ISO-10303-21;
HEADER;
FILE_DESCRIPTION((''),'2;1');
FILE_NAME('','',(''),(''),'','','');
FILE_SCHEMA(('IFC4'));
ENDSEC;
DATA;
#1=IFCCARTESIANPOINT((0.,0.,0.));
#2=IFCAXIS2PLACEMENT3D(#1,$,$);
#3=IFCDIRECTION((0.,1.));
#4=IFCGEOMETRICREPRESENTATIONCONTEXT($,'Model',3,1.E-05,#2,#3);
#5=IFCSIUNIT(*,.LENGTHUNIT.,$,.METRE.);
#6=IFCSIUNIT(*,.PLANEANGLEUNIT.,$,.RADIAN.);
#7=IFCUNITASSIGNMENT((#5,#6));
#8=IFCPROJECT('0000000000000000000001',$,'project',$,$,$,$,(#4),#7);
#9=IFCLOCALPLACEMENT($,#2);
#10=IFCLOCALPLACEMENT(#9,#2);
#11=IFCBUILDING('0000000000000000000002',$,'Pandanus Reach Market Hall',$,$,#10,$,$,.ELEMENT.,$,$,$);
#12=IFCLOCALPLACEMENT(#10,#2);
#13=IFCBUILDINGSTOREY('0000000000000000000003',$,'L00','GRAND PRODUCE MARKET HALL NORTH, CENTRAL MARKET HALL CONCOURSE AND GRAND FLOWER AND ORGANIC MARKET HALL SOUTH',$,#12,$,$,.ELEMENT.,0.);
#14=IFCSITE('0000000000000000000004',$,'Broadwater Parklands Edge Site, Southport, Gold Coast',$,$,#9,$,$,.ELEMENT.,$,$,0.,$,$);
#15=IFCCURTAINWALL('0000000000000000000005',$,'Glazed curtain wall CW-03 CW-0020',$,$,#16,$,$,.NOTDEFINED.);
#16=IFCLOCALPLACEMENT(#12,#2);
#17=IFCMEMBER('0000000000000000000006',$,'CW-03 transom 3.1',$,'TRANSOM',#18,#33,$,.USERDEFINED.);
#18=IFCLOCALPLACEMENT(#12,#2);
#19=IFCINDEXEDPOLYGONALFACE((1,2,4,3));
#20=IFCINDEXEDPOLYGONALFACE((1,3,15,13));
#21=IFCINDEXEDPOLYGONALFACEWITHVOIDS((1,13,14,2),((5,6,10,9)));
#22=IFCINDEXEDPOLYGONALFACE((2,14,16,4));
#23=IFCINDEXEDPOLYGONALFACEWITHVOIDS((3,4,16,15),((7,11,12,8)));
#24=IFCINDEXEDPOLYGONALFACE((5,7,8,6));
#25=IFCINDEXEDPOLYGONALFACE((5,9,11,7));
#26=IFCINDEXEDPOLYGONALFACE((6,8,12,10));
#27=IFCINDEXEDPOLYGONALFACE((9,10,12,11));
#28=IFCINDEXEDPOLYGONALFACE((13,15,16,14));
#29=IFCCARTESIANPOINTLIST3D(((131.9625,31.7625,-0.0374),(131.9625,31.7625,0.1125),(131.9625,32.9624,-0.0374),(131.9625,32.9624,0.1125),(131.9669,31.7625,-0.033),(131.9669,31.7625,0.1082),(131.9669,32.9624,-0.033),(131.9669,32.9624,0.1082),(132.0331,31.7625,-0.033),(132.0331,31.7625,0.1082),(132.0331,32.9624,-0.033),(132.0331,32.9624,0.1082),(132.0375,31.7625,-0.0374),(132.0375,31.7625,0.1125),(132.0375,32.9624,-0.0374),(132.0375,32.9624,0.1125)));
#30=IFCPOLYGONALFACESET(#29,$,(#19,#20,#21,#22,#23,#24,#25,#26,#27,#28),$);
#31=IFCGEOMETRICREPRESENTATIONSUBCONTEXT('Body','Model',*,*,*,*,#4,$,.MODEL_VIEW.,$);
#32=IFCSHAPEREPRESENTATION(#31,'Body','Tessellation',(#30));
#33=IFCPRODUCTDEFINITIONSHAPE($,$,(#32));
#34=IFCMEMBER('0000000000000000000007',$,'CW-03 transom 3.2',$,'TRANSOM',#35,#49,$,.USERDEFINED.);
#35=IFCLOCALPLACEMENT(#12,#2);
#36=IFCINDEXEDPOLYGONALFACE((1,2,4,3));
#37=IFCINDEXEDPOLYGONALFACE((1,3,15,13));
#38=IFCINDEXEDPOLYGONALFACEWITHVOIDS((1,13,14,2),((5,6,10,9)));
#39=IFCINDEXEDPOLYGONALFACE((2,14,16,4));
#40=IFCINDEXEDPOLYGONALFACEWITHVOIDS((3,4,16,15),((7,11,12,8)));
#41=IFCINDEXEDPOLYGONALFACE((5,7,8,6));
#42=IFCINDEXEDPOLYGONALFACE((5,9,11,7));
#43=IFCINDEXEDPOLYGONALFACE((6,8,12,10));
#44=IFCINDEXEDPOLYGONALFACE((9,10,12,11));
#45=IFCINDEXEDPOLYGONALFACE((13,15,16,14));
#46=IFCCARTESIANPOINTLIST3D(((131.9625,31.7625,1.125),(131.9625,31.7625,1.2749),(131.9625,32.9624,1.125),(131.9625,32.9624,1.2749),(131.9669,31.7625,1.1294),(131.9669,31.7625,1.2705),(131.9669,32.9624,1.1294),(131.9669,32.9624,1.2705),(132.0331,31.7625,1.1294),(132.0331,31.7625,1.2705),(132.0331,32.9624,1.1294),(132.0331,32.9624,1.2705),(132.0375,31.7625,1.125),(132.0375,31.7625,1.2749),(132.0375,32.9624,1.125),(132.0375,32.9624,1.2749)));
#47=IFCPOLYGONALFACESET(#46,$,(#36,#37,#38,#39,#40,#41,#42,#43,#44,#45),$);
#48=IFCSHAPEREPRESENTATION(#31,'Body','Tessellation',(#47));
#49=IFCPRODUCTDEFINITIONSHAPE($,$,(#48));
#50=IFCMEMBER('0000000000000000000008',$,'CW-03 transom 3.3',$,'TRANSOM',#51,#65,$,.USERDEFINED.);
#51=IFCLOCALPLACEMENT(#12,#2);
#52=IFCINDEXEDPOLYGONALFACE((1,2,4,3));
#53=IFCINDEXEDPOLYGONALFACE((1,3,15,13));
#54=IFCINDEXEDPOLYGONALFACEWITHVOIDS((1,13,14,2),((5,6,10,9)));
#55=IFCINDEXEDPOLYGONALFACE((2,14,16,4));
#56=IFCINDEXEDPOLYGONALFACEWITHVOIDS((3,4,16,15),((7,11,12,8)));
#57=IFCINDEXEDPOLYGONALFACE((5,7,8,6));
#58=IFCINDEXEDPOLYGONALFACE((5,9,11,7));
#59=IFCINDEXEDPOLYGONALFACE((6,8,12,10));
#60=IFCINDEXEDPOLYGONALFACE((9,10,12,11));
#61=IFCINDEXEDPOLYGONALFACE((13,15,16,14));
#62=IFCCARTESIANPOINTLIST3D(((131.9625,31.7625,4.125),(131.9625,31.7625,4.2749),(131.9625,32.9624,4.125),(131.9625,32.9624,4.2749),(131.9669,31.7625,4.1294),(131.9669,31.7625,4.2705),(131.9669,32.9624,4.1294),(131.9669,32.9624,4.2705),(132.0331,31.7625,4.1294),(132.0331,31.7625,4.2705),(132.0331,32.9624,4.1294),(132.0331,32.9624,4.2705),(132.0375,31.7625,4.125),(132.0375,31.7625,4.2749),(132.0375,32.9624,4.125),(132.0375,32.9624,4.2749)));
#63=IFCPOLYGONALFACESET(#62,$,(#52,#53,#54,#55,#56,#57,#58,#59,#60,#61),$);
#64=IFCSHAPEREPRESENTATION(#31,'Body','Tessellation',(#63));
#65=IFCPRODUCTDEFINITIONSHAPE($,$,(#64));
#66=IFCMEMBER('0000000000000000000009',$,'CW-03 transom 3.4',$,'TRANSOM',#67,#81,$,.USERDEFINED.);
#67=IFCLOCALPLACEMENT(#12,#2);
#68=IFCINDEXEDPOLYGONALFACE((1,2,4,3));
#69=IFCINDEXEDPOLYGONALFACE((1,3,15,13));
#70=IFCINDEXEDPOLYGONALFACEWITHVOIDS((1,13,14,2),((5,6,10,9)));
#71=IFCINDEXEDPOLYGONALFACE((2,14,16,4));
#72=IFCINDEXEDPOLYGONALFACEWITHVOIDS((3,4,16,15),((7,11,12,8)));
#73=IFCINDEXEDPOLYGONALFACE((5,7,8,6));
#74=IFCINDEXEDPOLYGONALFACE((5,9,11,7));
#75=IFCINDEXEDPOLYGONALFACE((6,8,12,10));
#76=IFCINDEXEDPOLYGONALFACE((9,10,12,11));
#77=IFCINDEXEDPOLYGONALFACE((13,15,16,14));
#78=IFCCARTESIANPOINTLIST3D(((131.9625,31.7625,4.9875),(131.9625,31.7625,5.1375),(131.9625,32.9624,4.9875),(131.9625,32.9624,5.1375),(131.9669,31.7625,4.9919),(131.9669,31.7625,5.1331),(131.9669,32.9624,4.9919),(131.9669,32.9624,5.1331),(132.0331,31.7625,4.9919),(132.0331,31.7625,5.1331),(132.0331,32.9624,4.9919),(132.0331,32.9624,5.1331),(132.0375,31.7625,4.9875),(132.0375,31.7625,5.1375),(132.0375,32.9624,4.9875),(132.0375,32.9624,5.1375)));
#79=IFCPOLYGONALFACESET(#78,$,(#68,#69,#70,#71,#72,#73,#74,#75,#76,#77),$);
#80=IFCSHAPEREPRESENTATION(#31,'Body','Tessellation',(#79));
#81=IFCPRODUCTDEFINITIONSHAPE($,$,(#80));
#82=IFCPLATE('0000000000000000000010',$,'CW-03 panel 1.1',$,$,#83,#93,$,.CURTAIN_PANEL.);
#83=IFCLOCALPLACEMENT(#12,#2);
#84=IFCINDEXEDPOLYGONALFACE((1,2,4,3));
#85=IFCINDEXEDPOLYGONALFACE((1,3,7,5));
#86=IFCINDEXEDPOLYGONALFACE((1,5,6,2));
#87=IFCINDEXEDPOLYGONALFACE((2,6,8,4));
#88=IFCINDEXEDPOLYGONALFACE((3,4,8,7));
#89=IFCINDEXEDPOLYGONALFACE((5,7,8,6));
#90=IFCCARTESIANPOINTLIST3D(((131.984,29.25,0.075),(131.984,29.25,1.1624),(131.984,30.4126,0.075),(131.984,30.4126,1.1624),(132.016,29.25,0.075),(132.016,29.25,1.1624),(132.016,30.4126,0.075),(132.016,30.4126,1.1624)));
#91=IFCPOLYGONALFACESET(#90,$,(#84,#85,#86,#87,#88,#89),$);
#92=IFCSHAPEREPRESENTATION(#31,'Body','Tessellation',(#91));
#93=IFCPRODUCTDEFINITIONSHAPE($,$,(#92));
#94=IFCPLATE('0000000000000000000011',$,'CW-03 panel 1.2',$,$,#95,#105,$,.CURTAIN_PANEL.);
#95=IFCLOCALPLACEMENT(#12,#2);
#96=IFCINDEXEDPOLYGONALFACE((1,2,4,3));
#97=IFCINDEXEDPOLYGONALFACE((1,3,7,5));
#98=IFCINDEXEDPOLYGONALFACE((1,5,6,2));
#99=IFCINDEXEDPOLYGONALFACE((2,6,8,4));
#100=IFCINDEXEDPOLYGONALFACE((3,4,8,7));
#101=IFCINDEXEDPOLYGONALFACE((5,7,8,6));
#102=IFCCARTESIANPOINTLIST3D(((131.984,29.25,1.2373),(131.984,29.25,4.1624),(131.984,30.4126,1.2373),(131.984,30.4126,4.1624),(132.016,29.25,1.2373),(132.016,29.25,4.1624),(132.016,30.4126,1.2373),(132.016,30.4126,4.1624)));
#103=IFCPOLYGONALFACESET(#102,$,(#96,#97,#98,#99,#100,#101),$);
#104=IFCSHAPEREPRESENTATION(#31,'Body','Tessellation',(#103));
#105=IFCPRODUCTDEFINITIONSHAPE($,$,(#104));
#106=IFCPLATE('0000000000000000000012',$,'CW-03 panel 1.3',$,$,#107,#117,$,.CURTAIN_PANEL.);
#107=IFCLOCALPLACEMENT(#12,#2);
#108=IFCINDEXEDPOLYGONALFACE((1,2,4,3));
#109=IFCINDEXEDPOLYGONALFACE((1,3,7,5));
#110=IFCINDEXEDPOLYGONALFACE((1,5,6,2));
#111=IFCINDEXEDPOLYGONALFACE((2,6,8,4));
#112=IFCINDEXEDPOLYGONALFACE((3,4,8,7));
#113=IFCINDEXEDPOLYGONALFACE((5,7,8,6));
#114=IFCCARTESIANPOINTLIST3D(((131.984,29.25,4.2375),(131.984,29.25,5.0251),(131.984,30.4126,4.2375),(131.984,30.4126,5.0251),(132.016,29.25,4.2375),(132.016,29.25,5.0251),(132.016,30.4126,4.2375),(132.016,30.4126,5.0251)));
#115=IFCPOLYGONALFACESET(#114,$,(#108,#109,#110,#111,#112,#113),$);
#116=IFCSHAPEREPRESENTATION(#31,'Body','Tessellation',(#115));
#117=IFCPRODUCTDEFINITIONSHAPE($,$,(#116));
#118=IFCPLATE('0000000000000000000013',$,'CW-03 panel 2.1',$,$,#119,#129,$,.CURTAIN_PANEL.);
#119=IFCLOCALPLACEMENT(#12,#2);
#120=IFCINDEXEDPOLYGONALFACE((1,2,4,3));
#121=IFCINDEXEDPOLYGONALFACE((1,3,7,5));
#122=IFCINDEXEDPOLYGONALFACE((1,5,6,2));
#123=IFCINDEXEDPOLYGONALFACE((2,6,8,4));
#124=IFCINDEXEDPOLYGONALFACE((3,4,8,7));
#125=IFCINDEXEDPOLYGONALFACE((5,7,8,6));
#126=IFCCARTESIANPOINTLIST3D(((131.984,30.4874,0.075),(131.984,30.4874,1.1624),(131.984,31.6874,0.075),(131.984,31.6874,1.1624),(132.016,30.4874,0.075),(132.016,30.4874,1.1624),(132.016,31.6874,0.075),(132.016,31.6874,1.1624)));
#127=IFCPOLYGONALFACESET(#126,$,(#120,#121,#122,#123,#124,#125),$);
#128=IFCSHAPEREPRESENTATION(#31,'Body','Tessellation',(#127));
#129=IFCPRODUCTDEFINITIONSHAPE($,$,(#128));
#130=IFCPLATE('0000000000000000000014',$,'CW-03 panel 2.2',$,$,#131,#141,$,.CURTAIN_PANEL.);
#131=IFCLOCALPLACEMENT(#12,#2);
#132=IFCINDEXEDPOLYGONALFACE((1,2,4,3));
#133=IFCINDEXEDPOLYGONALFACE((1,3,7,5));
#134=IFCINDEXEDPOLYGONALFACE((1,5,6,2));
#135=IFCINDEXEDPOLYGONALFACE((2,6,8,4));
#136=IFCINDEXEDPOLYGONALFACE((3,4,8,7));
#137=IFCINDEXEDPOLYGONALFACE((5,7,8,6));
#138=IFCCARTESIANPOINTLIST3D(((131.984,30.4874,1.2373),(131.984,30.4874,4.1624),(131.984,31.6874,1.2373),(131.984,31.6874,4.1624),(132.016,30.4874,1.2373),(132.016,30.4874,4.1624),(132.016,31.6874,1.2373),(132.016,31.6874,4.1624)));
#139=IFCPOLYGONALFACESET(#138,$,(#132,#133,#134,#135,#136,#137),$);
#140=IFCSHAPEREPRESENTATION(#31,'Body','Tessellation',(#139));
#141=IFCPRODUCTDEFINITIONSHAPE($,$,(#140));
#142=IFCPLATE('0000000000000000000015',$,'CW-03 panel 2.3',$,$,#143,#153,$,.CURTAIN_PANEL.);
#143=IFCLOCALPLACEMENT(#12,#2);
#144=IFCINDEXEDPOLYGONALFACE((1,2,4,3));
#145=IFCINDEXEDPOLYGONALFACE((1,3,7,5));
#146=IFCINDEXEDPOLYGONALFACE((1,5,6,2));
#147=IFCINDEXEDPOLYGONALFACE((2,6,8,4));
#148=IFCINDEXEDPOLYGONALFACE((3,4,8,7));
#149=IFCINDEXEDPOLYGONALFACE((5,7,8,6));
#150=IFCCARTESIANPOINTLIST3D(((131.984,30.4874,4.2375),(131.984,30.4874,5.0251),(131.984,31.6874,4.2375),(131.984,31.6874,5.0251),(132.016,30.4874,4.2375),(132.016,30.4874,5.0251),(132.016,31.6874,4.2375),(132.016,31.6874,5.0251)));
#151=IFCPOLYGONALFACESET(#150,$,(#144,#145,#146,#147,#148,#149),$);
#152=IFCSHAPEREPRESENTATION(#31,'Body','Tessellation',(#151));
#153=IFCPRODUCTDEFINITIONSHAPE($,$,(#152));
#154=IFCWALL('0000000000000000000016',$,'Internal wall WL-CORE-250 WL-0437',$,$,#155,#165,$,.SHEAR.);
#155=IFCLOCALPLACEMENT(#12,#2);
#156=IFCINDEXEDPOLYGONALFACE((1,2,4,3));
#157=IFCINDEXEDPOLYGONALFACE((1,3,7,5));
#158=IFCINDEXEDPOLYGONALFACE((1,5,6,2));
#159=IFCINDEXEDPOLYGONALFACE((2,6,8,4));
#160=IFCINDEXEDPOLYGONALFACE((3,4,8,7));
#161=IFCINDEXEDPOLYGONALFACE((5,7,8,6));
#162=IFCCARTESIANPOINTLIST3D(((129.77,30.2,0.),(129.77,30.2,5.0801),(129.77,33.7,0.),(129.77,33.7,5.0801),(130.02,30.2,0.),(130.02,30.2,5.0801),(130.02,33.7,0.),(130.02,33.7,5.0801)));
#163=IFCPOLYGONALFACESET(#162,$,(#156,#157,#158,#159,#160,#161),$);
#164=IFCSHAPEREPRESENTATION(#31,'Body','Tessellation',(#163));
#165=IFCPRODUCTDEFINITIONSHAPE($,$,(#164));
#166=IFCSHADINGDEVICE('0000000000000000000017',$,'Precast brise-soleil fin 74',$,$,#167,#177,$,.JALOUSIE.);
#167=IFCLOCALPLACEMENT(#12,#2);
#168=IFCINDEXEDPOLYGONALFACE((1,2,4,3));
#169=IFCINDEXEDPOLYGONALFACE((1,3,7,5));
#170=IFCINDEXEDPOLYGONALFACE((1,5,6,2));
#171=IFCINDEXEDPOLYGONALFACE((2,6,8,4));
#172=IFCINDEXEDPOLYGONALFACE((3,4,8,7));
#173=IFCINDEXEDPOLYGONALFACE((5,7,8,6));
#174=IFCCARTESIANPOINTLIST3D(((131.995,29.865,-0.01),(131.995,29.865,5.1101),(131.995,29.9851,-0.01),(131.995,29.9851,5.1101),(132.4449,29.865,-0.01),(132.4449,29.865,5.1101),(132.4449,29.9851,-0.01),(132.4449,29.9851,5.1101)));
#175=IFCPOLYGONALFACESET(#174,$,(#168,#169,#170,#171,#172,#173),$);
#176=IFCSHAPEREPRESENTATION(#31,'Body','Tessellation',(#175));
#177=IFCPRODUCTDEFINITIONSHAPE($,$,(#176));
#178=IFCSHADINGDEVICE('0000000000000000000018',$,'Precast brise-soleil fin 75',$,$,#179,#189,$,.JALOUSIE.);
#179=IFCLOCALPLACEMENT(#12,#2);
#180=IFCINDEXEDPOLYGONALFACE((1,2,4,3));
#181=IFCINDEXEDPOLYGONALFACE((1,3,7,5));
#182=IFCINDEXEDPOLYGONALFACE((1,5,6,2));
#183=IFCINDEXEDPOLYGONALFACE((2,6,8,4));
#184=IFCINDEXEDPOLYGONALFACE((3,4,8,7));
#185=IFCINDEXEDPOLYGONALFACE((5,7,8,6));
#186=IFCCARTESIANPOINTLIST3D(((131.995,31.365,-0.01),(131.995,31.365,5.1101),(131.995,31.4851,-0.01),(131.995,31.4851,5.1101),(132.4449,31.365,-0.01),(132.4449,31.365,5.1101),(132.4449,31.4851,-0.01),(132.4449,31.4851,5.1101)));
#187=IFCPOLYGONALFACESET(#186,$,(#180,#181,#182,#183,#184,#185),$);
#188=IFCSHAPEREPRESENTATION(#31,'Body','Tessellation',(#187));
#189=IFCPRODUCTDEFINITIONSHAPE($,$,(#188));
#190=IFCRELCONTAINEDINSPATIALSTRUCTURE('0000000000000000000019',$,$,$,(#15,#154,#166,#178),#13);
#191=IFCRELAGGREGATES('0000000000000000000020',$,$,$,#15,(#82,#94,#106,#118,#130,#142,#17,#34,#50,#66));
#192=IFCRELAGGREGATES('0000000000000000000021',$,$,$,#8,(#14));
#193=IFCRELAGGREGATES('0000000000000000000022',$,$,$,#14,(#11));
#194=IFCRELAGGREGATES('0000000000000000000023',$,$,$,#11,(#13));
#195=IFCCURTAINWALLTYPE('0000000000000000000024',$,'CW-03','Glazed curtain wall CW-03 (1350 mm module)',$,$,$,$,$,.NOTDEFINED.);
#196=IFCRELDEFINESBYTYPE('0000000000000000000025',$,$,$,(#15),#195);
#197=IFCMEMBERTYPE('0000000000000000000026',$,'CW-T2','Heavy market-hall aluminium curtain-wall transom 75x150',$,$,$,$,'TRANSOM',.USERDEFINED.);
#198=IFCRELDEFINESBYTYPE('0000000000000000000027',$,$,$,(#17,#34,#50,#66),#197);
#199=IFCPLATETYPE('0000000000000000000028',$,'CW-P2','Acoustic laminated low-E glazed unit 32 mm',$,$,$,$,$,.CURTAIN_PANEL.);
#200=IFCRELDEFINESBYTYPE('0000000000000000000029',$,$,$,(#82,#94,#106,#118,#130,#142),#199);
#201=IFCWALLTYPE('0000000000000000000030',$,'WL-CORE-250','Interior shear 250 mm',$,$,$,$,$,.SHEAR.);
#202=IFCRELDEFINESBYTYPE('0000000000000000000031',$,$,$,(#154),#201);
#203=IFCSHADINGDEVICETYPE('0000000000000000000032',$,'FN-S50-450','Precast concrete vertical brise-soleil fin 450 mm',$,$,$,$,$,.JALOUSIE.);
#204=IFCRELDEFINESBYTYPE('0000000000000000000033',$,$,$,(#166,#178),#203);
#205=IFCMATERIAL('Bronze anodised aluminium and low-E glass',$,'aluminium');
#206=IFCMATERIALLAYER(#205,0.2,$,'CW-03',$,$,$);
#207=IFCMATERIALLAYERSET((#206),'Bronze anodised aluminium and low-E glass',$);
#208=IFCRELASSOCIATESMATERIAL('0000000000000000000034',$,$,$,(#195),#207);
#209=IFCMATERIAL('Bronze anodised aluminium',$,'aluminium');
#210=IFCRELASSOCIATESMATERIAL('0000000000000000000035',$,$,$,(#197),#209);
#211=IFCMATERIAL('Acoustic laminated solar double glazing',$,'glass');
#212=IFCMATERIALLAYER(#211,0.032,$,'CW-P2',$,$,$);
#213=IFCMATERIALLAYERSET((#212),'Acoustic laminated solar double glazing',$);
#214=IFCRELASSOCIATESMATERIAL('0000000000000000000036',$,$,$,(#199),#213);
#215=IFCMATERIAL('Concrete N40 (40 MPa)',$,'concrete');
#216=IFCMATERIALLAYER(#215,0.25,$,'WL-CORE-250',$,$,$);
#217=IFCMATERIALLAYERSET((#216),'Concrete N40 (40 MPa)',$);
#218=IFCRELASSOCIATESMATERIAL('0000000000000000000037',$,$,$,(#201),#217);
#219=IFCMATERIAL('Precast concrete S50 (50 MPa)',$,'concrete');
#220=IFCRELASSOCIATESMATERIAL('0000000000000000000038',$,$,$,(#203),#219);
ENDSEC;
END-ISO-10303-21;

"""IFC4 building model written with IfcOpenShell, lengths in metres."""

from ifc_helpers import new_model, si_unit, direction, frame, frame_2d, origin, origin_2d, place, context, subcontext, project, spatial, rectangle, hollow_rectangle, extrude, material, layer, layer_set, material_profile, profile_set, type_object, element, aggregate, save


model = new_model("IFC4")

# Units and contexts
model_context = context("Model", 3, precision=1e-05, world=origin(), true_north=direction((0.0, 1.0)))
body_context = subcontext(model_context, "Body", "Model", "MODEL_VIEW")
ifc_project = project(units=[si_unit("LENGTHUNIT", "METRE"), si_unit("PLANEANGLEUNIT", "RADIAN")], contexts=[model_context])

# Site, building, storey
site_placement = place(None, origin())
site = spatial("IfcSite", under=ifc_project, at=site_placement, Name="Broadwater Parklands Edge Site, Southport, Gold Coast", CompositionType="ELEMENT", RefElevation=0.0)
building_placement = place(site_placement, origin())
building = spatial("IfcBuilding", under=site, at=building_placement, Name="Pandanus Reach Market Hall", CompositionType="ELEMENT")
storey_placement = place(building_placement, origin())
storey = spatial("IfcBuildingStorey", under=building, at=storey_placement, Name="L00", Description="GRAND PRODUCE MARKET HALL NORTH, CENTRAL MARKET HALL CONCOURSE AND GRAND FLOWER AND ORGANIC MARKET HALL SOUTH", CompositionType="ELEMENT", Elevation=0.0)

# Shared definitions
ifc_material_1 = material(Name="Concrete N40 (40 MPa)", Category="concrete")

# Curtain wall, members, plates
ifc_material_2 = material(Name="Bronze anodised aluminium and low-E glass", Category="aluminium")
ifc_layer_1 = layer(ifc_material_2, 0.2, Name="CW-03")
ifc_layer_set_1 = layer_set([ifc_layer_1], Name="Bronze anodised aluminium and low-E glass")
curtain_wall_type = type_object("IfcCurtainWallType", Name="CW-03", Description="Glazed curtain wall CW-03 (1350 mm module)", PredefinedType="NOTDEFINED", material=ifc_layer_set_1)
curtain_wall_placement = place(storey_placement, origin())
curtain_wall = element("IfcCurtainWall", 1, at=curtain_wall_placement, inside=storey, type_object=curtain_wall_type, Name="Glazed curtain wall CW-03 CW-0020", PredefinedType="NOTDEFINED")
ifc_material_3 = material(Name="Bronze anodised aluminium", Category="aluminium")
ifc_material_profile_1 = material_profile(ifc_material_3, hollow_rectangle(XDim=0.075, YDim=0.1499, WallThickness=0.0044, at=origin_2d()), Name="ALU75x150", Category="LoadBearing")
ifc_profile_set_1 = profile_set([ifc_material_profile_1], Name="Bronze anodised aluminium")
member_type_1 = type_object("IfcMemberType", Name="CW-T2", Description="Heavy market-hall aluminium curtain-wall transom 75x150", ElementType="TRANSOM", PredefinedType="USERDEFINED", material=ifc_profile_set_1)
member_1_placement = place(storey_placement, frame((132.0, 31.7625, 0.0376), z_axis=(0.0, 1.0, 0.0), x_axis=(-1.0, 0.0, 0.0)))
member_1 = element("IfcMember", 2, at=member_1_placement, type_object=member_type_1, Name="CW-03 transom 3.1", ObjectType="TRANSOM", PredefinedType="USERDEFINED", context=body_context, shape_type="SweptSolid", body=[
    extrude(hollow_rectangle(XDim=0.075, YDim=0.1499, WallThickness=0.0044, at=origin_2d()), origin(), (0.0, 0.0, 1.0), 1.2),
])
member_2_placement = place(storey_placement, frame((132.0, 31.7625, 1.2), z_axis=(0.0, 1.0, 0.0), x_axis=(-1.0, 0.0, 0.0)))
member_2 = element("IfcMember", 3, at=member_2_placement, type_object=member_type_1, Name="CW-03 transom 3.2", ObjectType="TRANSOM", PredefinedType="USERDEFINED", context=body_context, shape_type="SweptSolid", body=[
    extrude(hollow_rectangle(XDim=0.075, YDim=0.1499, WallThickness=0.0044, at=origin_2d()), origin(), (0.0, 0.0, 1.0), 1.2),
])
member_3_placement = place(storey_placement, frame((132.0, 31.7625, 4.2), z_axis=(0.0, 1.0, 0.0), x_axis=(-1.0, 0.0, 0.0)))
member_3 = element("IfcMember", 4, at=member_3_placement, type_object=member_type_1, Name="CW-03 transom 3.3", ObjectType="TRANSOM", PredefinedType="USERDEFINED", context=body_context, shape_type="SweptSolid", body=[
    extrude(hollow_rectangle(XDim=0.075, YDim=0.1499, WallThickness=0.0044, at=origin_2d()), origin(), (0.0, 0.0, 1.0), 1.2),
])
member_4_placement = place(storey_placement, frame((132.0, 31.7625, 5.0625), z_axis=(0.0, 1.0, 0.0), x_axis=(-1.0, 0.0, 0.0)))
member_4 = element("IfcMember", 5, at=member_4_placement, type_object=member_type_1, Name="CW-03 transom 3.4", ObjectType="TRANSOM", PredefinedType="USERDEFINED", context=body_context, shape_type="SweptSolid", body=[
    extrude(hollow_rectangle(XDim=0.075, YDim=0.1499, WallThickness=0.0044, at=origin_2d()), origin(), (0.0, 0.0, 1.0), 1.2),
])
ifc_material_4 = material(Name="Acoustic laminated solar double glazing", Category="glass")
ifc_layer_2 = layer(ifc_material_4, 0.032, Name="CW-P2")
ifc_layer_set_2 = layer_set([ifc_layer_2], Name="Acoustic laminated solar double glazing")
plate_type = type_object("IfcPlateType", Name="CW-P2", Description="Acoustic laminated low-E glazed unit 32 mm", PredefinedType="CURTAIN_PANEL", material=ifc_layer_set_2)
plate_1_placement = place(storey_placement, frame((132.0, 29.8313, 0.075), z_axis=(0.0, 0.0, 1.0), x_axis=(0.0, 1.0, 0.0)))
plate_1 = element("IfcPlate", 6, at=plate_1_placement, type_object=plate_type, Name="CW-03 panel 1.1", PredefinedType="CURTAIN_PANEL", context=body_context, shape_type="SweptSolid", body=[
    extrude(rectangle(XDim=1.1626, YDim=0.032, at=origin_2d()), origin(), (0.0, 0.0, 1.0), 1.0874),
])
plate_2_placement = place(storey_placement, frame((132.0, 29.8313, 1.2373), z_axis=(0.0, 0.0, 1.0), x_axis=(0.0, 1.0, 0.0)))
plate_2 = element("IfcPlate", 7, at=plate_2_placement, type_object=plate_type, Name="CW-03 panel 1.2", PredefinedType="CURTAIN_PANEL", context=body_context, shape_type="SweptSolid", body=[
    extrude(rectangle(XDim=1.1626, YDim=0.032, at=origin_2d()), origin(), (0.0, 0.0, 1.0), 2.925),
])
plate_3_placement = place(storey_placement, frame((132.0, 29.8313, 4.2375), z_axis=(0.0, 0.0, 1.0), x_axis=(0.0, 1.0, 0.0)))
plate_3 = element("IfcPlate", 8, at=plate_3_placement, type_object=plate_type, Name="CW-03 panel 1.3", PredefinedType="CURTAIN_PANEL", context=body_context, shape_type="SweptSolid", body=[
    extrude(rectangle(XDim=1.1626, YDim=0.032, at=origin_2d()), origin(), (0.0, 0.0, 1.0), 0.7876),
])
plate_4_placement = place(storey_placement, frame((132.0, 31.0874, 0.075), z_axis=(0.0, 0.0, 1.0), x_axis=(0.0, 1.0, 0.0)))
plate_4 = element("IfcPlate", 9, at=plate_4_placement, type_object=plate_type, Name="CW-03 panel 2.1", PredefinedType="CURTAIN_PANEL", context=body_context, shape_type="SweptSolid", body=[
    extrude(rectangle(XDim=1.2, YDim=0.032, at=origin_2d()), origin(), (0.0, 0.0, 1.0), 1.0874),
])
plate_5_placement = place(storey_placement, frame((132.0, 31.0874, 1.2373), z_axis=(0.0, 0.0, 1.0), x_axis=(0.0, 1.0, 0.0)))
plate_5 = element("IfcPlate", 10, at=plate_5_placement, type_object=plate_type, Name="CW-03 panel 2.2", PredefinedType="CURTAIN_PANEL", context=body_context, shape_type="SweptSolid", body=[
    extrude(rectangle(XDim=1.2, YDim=0.032, at=origin_2d()), origin(), (0.0, 0.0, 1.0), 2.925),
])
plate_6_placement = place(storey_placement, frame((132.0, 31.0874, 4.2375), z_axis=(0.0, 0.0, 1.0), x_axis=(0.0, 1.0, 0.0)))
plate_6 = element("IfcPlate", 11, at=plate_6_placement, type_object=plate_type, Name="CW-03 panel 2.3", PredefinedType="CURTAIN_PANEL", context=body_context, shape_type="SweptSolid", body=[
    extrude(rectangle(XDim=1.2, YDim=0.032, at=origin_2d()), origin(), (0.0, 0.0, 1.0), 0.7876),
])
aggregate(curtain_wall, [plate_1, plate_2, plate_3, plate_4, plate_5, plate_6, member_1, member_2, member_3, member_4])

# Wall
ifc_layer_3 = layer(ifc_material_1, 0.25, Name="WL-CORE-250")
ifc_layer_set_3 = layer_set([ifc_layer_3], Name="Concrete N40 (40 MPa)")
wall_type = type_object("IfcWallType", Name="WL-CORE-250", Description="Interior shear 250 mm", PredefinedType="SHEAR", material=ifc_layer_set_3)
wall_placement = place(storey_placement, frame((129.895, 30.2, 0.0), z_axis=(0.0, 0.0, 1.0), x_axis=(0.0, 1.0, 0.0)))
element("IfcWall", 12, at=wall_placement, inside=storey, type_object=wall_type, Name="Internal wall WL-CORE-250 WL-0437", PredefinedType="SHEAR", context=body_context, shape_type="SweptSolid", body=[
    extrude(rectangle(XDim=3.5, YDim=0.25, at=frame_2d((1.75, 0.0))), origin(), (0.0, 0.0, 1.0), 5.0801),
])

# Shading devices
ifc_material_5 = material(Name="Precast concrete S50 (50 MPa)", Category="concrete")
shading_device_type = type_object("IfcShadingDeviceType", Name="FN-S50-450", Description="Precast concrete vertical brise-soleil fin 450 mm", PredefinedType="JALOUSIE", material=ifc_material_5)
for number, where, z_axis, x_axis, name in (
    (13, (132.22, 29.925, -0.01), (0.0, 0.0, 1.0), (1.0, 0.0, 0.0), "Precast brise-soleil fin 74"),
    (14, (132.22, 31.425, -0.01), (0.0, 0.0, 1.0), (1.0, 0.0, 0.0), "Precast brise-soleil fin 75"),
):
    element("IfcShadingDevice", number, at=place(storey_placement, frame(where, z_axis=z_axis, x_axis=x_axis)), inside=storey, type_object=shading_device_type, Name=name, PredefinedType="JALOUSIE", context=body_context, shape_type="SweptSolid", body=[
        extrude(rectangle(XDim=0.45, YDim=0.1201, at=origin_2d()), origin(), (0.0, 0.0, 1.0), 5.1201),
    ])

save(model, "model.ifc")
